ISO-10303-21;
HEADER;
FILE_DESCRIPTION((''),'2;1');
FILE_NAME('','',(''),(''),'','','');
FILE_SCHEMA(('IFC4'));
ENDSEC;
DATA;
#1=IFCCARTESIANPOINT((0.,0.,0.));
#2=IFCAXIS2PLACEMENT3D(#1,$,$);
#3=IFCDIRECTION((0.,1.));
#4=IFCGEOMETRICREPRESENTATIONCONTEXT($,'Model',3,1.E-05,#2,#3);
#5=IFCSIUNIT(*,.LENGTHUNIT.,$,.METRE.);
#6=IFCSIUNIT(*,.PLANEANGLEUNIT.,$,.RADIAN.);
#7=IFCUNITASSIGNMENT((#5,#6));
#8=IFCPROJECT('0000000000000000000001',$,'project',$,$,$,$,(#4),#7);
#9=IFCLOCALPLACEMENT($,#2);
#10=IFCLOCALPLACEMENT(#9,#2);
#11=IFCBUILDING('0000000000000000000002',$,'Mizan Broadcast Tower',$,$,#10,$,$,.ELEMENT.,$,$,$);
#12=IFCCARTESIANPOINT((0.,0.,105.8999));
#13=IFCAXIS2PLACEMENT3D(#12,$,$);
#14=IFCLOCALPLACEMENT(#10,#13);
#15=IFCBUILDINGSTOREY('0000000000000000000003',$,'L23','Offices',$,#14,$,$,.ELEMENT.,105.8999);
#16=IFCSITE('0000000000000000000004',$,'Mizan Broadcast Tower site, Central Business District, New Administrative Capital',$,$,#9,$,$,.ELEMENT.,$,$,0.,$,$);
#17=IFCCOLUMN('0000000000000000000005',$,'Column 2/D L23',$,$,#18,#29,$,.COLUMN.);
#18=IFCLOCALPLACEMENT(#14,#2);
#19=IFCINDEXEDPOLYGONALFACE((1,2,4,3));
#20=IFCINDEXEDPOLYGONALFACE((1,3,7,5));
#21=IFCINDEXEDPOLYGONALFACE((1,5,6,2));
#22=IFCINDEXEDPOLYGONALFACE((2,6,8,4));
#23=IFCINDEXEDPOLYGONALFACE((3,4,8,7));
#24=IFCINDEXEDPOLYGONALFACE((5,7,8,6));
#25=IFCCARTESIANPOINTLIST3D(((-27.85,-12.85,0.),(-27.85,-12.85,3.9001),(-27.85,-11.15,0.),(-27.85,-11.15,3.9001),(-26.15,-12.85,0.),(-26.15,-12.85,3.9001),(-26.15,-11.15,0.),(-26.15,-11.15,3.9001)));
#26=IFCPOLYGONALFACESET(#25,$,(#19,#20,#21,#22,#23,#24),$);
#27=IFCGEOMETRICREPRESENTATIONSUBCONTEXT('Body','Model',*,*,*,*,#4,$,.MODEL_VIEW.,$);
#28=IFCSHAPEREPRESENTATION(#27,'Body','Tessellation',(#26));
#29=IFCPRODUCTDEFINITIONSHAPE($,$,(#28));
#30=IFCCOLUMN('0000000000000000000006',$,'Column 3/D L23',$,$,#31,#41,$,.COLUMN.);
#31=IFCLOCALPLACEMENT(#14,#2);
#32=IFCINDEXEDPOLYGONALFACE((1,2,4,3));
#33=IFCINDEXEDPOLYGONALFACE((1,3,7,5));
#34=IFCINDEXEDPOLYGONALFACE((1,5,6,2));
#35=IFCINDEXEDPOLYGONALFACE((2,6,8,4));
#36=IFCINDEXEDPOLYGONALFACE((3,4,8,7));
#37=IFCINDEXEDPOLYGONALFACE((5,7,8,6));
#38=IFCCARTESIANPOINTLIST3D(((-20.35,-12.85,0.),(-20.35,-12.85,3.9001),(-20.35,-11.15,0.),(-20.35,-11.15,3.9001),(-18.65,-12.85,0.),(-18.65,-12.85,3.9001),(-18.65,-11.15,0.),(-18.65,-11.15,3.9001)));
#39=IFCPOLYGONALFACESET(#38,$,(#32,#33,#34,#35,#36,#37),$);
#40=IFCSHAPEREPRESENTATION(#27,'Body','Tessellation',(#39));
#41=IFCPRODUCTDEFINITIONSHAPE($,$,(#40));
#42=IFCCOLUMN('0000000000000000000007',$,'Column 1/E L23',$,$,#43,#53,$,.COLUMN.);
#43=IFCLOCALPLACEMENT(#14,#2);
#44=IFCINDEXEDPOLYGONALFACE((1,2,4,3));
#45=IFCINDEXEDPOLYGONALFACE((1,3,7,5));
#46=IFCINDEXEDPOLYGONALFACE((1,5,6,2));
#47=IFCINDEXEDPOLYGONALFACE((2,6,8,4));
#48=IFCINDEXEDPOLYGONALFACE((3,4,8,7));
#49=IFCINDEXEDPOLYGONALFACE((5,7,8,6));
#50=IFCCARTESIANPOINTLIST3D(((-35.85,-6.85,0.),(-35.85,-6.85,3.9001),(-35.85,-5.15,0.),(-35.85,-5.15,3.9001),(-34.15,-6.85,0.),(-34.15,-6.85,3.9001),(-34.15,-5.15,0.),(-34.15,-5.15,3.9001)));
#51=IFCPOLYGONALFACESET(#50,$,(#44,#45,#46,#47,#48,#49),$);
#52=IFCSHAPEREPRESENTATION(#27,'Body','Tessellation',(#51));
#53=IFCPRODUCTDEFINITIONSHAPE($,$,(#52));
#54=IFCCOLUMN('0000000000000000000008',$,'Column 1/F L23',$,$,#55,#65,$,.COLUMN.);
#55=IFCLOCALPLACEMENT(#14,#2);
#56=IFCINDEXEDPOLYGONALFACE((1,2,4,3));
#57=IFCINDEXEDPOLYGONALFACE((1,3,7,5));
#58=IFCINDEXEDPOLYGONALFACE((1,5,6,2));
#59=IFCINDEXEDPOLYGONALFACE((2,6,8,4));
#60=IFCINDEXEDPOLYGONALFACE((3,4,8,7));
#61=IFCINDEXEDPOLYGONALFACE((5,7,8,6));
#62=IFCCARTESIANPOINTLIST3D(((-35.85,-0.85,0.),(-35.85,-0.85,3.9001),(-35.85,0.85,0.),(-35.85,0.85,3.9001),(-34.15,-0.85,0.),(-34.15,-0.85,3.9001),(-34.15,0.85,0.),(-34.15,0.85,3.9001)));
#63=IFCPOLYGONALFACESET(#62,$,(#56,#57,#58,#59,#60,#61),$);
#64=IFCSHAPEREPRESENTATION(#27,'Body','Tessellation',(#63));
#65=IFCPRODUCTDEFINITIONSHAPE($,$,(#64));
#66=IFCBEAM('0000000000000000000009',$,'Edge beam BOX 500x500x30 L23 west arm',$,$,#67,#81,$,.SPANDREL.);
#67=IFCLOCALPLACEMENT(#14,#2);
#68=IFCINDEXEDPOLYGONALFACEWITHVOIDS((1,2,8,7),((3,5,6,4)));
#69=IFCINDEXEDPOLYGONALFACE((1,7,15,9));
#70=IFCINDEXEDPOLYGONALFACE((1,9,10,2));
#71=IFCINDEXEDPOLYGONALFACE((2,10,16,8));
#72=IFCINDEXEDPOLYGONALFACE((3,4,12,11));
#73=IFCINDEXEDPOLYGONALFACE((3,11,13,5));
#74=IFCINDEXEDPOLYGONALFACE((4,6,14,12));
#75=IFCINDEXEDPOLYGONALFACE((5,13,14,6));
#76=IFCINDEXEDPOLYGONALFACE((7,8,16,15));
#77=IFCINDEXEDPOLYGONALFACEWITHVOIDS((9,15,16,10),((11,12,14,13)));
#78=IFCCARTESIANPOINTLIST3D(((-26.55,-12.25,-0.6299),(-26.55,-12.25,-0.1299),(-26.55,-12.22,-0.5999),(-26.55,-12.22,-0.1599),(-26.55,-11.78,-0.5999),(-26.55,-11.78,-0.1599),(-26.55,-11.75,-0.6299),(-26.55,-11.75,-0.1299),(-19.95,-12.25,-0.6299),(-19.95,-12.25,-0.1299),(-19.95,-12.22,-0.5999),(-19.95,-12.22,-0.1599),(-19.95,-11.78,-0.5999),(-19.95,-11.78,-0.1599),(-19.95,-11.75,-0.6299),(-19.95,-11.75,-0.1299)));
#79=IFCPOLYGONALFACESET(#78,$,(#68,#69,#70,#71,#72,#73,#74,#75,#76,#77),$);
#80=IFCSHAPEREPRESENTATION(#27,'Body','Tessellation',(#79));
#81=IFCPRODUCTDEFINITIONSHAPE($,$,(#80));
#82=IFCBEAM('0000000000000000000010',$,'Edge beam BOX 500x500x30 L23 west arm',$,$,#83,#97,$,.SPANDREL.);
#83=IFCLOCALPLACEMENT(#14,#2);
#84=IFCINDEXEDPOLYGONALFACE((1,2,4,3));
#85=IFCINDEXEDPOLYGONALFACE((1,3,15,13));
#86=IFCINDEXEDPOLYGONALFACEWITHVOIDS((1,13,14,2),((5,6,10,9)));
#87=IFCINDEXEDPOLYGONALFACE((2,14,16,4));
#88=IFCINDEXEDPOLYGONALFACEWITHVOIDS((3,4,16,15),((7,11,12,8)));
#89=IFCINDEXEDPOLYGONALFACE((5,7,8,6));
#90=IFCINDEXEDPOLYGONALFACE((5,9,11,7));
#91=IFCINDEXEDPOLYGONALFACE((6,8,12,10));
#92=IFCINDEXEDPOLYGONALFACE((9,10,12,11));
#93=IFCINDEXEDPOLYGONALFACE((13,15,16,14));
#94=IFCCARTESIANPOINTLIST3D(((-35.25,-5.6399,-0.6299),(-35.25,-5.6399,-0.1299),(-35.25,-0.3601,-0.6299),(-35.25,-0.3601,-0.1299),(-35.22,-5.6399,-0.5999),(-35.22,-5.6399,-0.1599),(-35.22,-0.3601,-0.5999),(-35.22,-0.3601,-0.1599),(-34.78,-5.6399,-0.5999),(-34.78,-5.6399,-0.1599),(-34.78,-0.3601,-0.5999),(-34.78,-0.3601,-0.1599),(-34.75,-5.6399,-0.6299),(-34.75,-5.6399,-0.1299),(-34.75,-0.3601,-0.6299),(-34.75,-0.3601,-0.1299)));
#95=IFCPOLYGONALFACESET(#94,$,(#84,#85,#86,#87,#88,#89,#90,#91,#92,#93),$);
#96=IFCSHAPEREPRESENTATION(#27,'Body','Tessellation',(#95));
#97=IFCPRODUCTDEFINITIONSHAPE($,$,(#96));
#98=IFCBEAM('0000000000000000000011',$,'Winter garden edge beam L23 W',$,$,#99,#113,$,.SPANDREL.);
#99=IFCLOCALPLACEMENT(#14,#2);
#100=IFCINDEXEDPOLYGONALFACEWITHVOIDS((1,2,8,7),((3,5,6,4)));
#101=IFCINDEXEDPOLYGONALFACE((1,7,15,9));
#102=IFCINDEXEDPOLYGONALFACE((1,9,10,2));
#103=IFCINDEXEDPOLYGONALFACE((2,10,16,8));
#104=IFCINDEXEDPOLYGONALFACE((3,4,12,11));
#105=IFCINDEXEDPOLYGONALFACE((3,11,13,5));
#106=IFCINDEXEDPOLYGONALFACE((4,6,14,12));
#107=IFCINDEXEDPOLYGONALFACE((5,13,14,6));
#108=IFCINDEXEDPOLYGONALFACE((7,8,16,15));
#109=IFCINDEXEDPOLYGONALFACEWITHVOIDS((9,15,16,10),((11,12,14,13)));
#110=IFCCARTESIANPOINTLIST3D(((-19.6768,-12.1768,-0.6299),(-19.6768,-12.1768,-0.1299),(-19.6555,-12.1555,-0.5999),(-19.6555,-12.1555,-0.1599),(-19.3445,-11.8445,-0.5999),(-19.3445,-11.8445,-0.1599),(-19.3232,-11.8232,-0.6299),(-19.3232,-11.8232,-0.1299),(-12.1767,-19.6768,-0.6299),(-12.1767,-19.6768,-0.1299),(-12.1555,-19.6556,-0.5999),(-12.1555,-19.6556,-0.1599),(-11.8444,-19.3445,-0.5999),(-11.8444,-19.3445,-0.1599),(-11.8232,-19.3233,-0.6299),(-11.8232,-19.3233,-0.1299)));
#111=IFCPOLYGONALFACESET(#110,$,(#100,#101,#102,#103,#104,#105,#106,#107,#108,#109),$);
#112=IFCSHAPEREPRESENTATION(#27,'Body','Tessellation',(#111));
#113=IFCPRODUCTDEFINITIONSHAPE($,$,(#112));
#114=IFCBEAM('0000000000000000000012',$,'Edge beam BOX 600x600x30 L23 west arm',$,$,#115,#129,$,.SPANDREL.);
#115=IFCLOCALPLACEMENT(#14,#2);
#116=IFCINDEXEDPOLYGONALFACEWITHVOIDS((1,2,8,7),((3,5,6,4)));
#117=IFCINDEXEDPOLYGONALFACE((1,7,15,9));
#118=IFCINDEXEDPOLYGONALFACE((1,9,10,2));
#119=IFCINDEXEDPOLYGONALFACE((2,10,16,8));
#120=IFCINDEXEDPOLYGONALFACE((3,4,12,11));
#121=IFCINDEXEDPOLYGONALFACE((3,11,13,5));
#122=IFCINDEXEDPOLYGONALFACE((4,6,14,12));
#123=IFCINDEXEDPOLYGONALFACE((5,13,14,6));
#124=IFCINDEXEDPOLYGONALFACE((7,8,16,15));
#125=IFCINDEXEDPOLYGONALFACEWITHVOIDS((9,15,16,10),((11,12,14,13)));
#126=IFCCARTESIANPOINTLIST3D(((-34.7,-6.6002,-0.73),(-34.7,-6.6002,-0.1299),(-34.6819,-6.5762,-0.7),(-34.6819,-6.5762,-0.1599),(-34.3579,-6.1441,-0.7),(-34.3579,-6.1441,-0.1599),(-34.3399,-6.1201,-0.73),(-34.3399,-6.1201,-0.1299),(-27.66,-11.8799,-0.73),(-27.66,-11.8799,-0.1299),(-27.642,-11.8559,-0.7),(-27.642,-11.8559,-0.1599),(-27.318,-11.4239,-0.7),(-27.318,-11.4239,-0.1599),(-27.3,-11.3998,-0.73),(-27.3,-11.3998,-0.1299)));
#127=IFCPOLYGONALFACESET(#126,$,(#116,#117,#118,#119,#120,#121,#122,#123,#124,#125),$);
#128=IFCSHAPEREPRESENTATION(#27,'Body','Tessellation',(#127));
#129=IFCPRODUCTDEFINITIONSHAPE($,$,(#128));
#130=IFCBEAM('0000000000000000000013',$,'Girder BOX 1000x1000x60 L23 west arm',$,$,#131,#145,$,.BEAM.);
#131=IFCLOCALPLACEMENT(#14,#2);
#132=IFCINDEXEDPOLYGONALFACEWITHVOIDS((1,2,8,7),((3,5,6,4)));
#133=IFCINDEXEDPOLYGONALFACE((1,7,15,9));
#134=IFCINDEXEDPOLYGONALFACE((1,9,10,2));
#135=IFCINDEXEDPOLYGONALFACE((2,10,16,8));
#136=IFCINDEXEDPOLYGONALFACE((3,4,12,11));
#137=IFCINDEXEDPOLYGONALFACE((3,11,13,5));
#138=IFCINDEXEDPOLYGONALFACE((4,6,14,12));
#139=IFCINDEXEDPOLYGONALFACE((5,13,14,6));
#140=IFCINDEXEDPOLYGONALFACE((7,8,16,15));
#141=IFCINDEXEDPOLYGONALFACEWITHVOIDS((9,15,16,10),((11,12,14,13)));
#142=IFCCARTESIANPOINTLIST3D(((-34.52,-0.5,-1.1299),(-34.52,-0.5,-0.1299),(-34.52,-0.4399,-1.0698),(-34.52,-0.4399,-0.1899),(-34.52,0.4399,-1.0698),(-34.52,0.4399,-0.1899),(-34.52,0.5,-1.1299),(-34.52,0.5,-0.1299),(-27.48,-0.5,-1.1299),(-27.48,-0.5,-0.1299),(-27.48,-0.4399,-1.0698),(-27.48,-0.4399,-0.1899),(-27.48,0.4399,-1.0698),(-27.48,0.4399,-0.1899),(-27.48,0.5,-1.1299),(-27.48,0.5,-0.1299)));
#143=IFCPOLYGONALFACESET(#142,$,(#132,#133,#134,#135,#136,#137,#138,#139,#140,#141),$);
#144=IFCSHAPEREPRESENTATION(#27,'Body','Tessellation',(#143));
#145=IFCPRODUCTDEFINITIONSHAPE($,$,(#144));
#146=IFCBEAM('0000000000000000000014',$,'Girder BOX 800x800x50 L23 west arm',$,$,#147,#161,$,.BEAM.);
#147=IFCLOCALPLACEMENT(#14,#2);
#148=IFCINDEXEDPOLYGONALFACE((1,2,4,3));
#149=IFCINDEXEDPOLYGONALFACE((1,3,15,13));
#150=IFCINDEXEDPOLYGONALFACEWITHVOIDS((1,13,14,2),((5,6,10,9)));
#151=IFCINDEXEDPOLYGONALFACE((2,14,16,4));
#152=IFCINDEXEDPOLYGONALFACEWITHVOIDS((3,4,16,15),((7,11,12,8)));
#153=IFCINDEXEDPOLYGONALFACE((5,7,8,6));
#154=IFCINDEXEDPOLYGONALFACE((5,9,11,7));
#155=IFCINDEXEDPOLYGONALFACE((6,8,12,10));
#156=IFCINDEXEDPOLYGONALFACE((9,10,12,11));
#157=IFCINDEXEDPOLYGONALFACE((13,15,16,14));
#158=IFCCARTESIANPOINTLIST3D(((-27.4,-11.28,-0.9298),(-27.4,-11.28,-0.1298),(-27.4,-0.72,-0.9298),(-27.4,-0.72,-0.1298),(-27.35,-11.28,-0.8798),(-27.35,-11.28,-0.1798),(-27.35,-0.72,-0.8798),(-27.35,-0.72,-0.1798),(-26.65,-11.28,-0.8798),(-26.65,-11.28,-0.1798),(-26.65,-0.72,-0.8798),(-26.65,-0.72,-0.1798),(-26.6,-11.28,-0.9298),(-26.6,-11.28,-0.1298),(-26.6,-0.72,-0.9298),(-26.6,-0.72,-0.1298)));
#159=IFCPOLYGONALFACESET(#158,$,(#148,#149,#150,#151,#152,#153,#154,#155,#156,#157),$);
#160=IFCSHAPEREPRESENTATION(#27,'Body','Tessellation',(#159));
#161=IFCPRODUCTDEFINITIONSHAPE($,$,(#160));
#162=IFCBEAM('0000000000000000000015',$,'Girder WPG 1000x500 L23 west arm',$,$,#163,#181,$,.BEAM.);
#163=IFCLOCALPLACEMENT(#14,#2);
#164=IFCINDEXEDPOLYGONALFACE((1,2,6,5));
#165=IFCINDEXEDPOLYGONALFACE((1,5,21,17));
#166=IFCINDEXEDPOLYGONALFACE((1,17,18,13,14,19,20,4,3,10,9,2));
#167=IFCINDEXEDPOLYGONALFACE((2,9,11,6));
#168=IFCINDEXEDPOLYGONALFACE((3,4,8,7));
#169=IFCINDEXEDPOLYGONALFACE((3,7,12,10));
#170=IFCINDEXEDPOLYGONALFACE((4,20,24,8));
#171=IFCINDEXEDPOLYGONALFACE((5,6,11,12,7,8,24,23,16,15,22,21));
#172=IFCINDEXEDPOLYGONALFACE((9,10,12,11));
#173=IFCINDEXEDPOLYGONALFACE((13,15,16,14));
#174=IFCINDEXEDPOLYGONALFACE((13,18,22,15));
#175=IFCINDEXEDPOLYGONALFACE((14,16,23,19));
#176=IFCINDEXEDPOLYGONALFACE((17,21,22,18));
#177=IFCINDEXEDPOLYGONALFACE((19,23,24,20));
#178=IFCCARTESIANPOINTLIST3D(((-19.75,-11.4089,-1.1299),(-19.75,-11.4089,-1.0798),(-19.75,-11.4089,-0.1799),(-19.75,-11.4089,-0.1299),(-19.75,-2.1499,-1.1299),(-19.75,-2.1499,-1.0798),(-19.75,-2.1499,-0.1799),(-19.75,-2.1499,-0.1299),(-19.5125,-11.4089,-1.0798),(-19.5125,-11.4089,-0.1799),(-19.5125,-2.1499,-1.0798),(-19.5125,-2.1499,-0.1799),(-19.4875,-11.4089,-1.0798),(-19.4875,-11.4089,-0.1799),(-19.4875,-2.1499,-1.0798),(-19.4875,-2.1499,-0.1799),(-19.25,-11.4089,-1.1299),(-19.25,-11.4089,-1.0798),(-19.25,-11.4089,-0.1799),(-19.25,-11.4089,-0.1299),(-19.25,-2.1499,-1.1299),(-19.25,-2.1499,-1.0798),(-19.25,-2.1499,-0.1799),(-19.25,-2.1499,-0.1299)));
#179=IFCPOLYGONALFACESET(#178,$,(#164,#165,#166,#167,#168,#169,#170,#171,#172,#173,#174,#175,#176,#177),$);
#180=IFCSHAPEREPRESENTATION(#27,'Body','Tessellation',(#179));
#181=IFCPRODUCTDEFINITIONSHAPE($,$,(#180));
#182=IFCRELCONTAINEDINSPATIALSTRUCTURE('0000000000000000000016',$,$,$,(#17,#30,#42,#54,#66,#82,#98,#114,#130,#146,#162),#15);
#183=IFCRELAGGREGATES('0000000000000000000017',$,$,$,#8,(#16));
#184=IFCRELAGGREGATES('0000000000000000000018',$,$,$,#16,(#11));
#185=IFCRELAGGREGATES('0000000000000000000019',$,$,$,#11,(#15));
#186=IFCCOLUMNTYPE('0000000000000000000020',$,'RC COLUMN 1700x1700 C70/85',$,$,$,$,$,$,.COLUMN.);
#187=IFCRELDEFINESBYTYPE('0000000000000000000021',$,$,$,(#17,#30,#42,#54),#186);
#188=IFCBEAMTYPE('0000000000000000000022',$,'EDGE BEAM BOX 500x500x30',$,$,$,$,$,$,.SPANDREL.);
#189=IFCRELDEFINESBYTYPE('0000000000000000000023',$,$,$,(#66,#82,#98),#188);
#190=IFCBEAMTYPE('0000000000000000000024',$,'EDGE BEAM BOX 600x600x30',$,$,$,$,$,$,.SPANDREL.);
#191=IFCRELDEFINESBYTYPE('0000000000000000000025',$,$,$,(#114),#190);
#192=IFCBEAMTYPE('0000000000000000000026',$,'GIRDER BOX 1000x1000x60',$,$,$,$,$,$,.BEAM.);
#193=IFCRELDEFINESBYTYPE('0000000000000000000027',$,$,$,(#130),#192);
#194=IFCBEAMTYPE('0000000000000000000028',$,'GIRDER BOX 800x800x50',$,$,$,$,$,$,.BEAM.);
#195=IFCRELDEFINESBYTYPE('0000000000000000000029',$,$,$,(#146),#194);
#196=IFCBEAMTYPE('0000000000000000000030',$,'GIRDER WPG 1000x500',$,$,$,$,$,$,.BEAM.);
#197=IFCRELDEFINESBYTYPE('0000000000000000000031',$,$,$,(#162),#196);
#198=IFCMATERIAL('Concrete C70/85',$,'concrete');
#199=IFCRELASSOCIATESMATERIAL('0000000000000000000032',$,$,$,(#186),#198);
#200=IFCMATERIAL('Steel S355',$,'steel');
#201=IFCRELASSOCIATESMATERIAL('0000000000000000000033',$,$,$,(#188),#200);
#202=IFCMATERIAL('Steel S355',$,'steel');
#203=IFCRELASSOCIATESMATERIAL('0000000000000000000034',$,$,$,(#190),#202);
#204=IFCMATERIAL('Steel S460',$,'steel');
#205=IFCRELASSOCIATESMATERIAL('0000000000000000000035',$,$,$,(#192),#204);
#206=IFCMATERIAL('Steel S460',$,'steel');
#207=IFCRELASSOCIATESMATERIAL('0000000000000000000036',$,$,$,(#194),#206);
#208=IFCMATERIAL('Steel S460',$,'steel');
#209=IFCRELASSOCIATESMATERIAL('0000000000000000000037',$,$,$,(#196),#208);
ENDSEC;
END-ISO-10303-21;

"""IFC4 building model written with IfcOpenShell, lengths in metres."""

from ifc_helpers import new_model, si_unit, direction, frame, origin, origin_2d, place, context, subcontext, project, spatial, rectangle, hollow_rectangle, i_section, extrude, material, material_profile, profile_set, type_object, element, save


model = new_model("IFC4")

# Units and contexts
model_context = context("Model", 3, precision=1e-05, world=origin(), true_north=direction((0.0, 1.0)))
body_context = subcontext(model_context, "Body", "Model", "MODEL_VIEW")
ifc_project = project(units=[si_unit("LENGTHUNIT", "METRE"), si_unit("PLANEANGLEUNIT", "RADIAN")], contexts=[model_context])

# Site, building, storey
site_placement = place(None, origin())
site = spatial("IfcSite", under=ifc_project, at=site_placement, Name="Mizan Broadcast Tower site, Central Business District, New Administrative Capital", CompositionType="ELEMENT", RefElevation=0.0)
building_placement = place(site_placement, origin())
building = spatial("IfcBuilding", under=site, at=building_placement, Name="Mizan Broadcast Tower", CompositionType="ELEMENT")
storey_placement = place(building_placement, frame((0.0, 0.0, 105.8999)))
storey = spatial("IfcBuildingStorey", under=building, at=storey_placement, Name="L23", Description="Offices", CompositionType="ELEMENT", Elevation=105.8999)

# Columns
ifc_material_1 = material(Name="Concrete C70/85", Category="concrete")
ifc_material_profile_1 = material_profile(ifc_material_1, rectangle(XDim=1.7, YDim=1.7, at=origin_2d()), Name="RC 1700x1700")
ifc_profile_set_1 = profile_set([ifc_material_profile_1], Name="Concrete C70/85")
column_type = type_object("IfcColumnType", Name="RC COLUMN 1700x1700 C70/85", PredefinedType="COLUMN", material=ifc_profile_set_1)
for number, where, z_axis, x_axis, name in (
    (1, (-27.0, -12.0, 0.0), (0.0, 0.0, 1.0), (1.0, 0.0, 0.0), "Column 2/D L23"),
    (2, (-19.5, -12.0, 0.0), (0.0, 0.0, 1.0), (1.0, 0.0, 0.0), "Column 3/D L23"),
    (3, (-35.0, -6.0, 0.0), (0.0, 0.0, 1.0), (1.0, 0.0, 0.0), "Column 1/E L23"),
    (4, (-35.0, 0.0, 0.0), (0.0, 0.0, 1.0), (1.0, 0.0, 0.0), "Column 1/F L23"),
):
    element("IfcColumn", number, at=place(storey_placement, frame(where, z_axis=z_axis, x_axis=x_axis)), inside=storey, type_object=column_type, Name=name, PredefinedType="COLUMN", context=body_context, shape_type="SweptSolid", body=[
        extrude(rectangle(XDim=1.7, YDim=1.7, at=origin_2d()), origin(), (0.0, 0.0, 1.0), 3.9001),
    ])

# Beams
ifc_material_2 = material(Name="Steel S355", Category="steel")
ifc_material_profile_2 = material_profile(ifc_material_2, hollow_rectangle(XDim=0.5, YDim=0.5, WallThickness=0.03, at=origin_2d()), Name="BOX 500x500x30")
ifc_profile_set_2 = profile_set([ifc_material_profile_2], Name="Steel S355")
beam_type_1 = type_object("IfcBeamType", Name="EDGE BEAM BOX 500x500x30", PredefinedType="SPANDREL", material=ifc_profile_set_2)
beam_1_placement = place(storey_placement, frame((-19.95, -12.0, -0.3799), z_axis=(-1.0, 0.0, 0.0), x_axis=(0.0, -1.0, 0.0)))
element("IfcBeam", 5, at=beam_1_placement, inside=storey, type_object=beam_type_1, Name="Edge beam BOX 500x500x30 L23 west arm", PredefinedType="SPANDREL", context=body_context, shape_type="SweptSolid", body=[
    extrude(hollow_rectangle(XDim=0.5, YDim=0.5, WallThickness=0.03, at=origin_2d()), origin(), (0.0, 0.0, 1.0), 6.6001),
])
beam_2_placement = place(storey_placement, frame((-35.0, -5.6399, -0.3799), z_axis=(0.0, 1.0, 0.0), x_axis=(-1.0, 0.0, 0.0)))
element("IfcBeam", 6, at=beam_2_placement, inside=storey, type_object=beam_type_1, Name="Edge beam BOX 500x500x30 L23 west arm", PredefinedType="SPANDREL", context=body_context, shape_type="SweptSolid", body=[
    extrude(hollow_rectangle(XDim=0.5, YDim=0.5, WallThickness=0.03, at=origin_2d()), origin(), (0.0, 0.0, 1.0), 5.2798),
])
beam_3_placement = place(storey_placement, frame((-19.5, -12.0, -0.3799), z_axis=(0.707107, -0.707107, 0.0), x_axis=(0.707107, 0.707107, 0.0)))
element("IfcBeam", 7, at=beam_3_placement, inside=storey, type_object=beam_type_1, Name="Winter garden edge beam L23 W", PredefinedType="SPANDREL", context=body_context, shape_type="SweptSolid", body=[
    extrude(hollow_rectangle(XDim=0.5, YDim=0.5, WallThickness=0.03, at=origin_2d()), origin(), (0.0, 0.0, 1.0), 10.6067),
])
ifc_material_3 = material(Name="Steel S355", Category="steel")
ifc_material_profile_3 = material_profile(ifc_material_3, hollow_rectangle(XDim=0.6001, YDim=0.6001, WallThickness=0.03, at=origin_2d()), Name="BOX 600x600x30")
ifc_profile_set_3 = profile_set([ifc_material_profile_3], Name="Steel S355")
beam_type_2 = type_object("IfcBeamType", Name="EDGE BEAM BOX 600x600x30", PredefinedType="SPANDREL", material=ifc_profile_set_3)
beam_4_placement = place(storey_placement, frame((-27.48, -11.6399, -0.4299), z_axis=(-0.800013, 0.599982, 0.0), x_axis=(-0.599982, -0.800013, 0.0)))
element("IfcBeam", 8, at=beam_4_placement, inside=storey, type_object=beam_type_2, Name="Edge beam BOX 600x600x30 L23 west arm", PredefinedType="SPANDREL", context=body_context, shape_type="SweptSolid", body=[
    extrude(hollow_rectangle(XDim=0.6001, YDim=0.6001, WallThickness=0.03, at=origin_2d()), origin(), (0.0, 0.0, 1.0), 8.7998),
])
ifc_material_4 = material(Name="Steel S460", Category="steel")
ifc_material_profile_4 = material_profile(ifc_material_4, hollow_rectangle(XDim=1.0, YDim=1.0, WallThickness=0.0601, at=origin_2d()), Name="BOX 1000x1000x60")
ifc_profile_set_4 = profile_set([ifc_material_profile_4], Name="Steel S460")
beam_type_3 = type_object("IfcBeamType", Name="GIRDER BOX 1000x1000x60", PredefinedType="BEAM", material=ifc_profile_set_4)
beam_5_placement = place(storey_placement, frame((-27.48, 0.0, -0.6299), z_axis=(-1.0, 0.0, 0.0), x_axis=(0.0, -1.0, 0.0)))
element("IfcBeam", 9, at=beam_5_placement, inside=storey, type_object=beam_type_3, Name="Girder BOX 1000x1000x60 L23 west arm", PredefinedType="BEAM", context=body_context, shape_type="SweptSolid", body=[
    extrude(hollow_rectangle(XDim=1.0, YDim=1.0, WallThickness=0.0601, at=origin_2d()), origin(), (0.0, 0.0, 1.0), 7.04),
])
ifc_material_5 = material(Name="Steel S460", Category="steel")
ifc_material_profile_5 = material_profile(ifc_material_5, hollow_rectangle(XDim=0.8, YDim=0.8, WallThickness=0.05, at=origin_2d()), Name="BOX 800x800x50")
ifc_profile_set_5 = profile_set([ifc_material_profile_5], Name="Steel S460")
beam_type_4 = type_object("IfcBeamType", Name="GIRDER BOX 800x800x50", PredefinedType="BEAM", material=ifc_profile_set_5)
beam_6_placement = place(storey_placement, frame((-27.0, -11.28, -0.5298), z_axis=(0.0, 1.0, 0.0), x_axis=(-1.0, 0.0, 0.0)))
element("IfcBeam", 10, at=beam_6_placement, inside=storey, type_object=beam_type_4, Name="Girder BOX 800x800x50 L23 west arm", PredefinedType="BEAM", context=body_context, shape_type="SweptSolid", body=[
    extrude(hollow_rectangle(XDim=0.8, YDim=0.8, WallThickness=0.05, at=origin_2d()), origin(), (0.0, 0.0, 1.0), 10.5601),
])
ifc_material_6 = material(Name="Steel S460", Category="steel")
ifc_material_profile_6 = material_profile(ifc_material_6, i_section(OverallWidth=0.5, OverallDepth=1.0, WebThickness=0.0249, FlangeThickness=0.05, at=origin_2d()), Name="WPG 1000x500")
ifc_profile_set_6 = profile_set([ifc_material_profile_6], Name="Steel S460")
beam_type_5 = type_object("IfcBeamType", Name="GIRDER WPG 1000x500", PredefinedType="BEAM", material=ifc_profile_set_6)
beam_7_placement = place(storey_placement, frame((-19.5, -11.4089, -0.6299), z_axis=(0.0, 1.0, 0.0), x_axis=(-1.0, 0.0, 0.0)))
element("IfcBeam", 11, at=beam_7_placement, inside=storey, type_object=beam_type_5, Name="Girder WPG 1000x500 L23 west arm", PredefinedType="BEAM", context=body_context, shape_type="SweptSolid", body=[
    extrude(i_section(OverallWidth=0.5, OverallDepth=1.0, WebThickness=0.0249, FlangeThickness=0.05, at=origin_2d()), origin(), (0.0, 0.0, 1.0), 9.259),
])

save(model, "model.ifc")
